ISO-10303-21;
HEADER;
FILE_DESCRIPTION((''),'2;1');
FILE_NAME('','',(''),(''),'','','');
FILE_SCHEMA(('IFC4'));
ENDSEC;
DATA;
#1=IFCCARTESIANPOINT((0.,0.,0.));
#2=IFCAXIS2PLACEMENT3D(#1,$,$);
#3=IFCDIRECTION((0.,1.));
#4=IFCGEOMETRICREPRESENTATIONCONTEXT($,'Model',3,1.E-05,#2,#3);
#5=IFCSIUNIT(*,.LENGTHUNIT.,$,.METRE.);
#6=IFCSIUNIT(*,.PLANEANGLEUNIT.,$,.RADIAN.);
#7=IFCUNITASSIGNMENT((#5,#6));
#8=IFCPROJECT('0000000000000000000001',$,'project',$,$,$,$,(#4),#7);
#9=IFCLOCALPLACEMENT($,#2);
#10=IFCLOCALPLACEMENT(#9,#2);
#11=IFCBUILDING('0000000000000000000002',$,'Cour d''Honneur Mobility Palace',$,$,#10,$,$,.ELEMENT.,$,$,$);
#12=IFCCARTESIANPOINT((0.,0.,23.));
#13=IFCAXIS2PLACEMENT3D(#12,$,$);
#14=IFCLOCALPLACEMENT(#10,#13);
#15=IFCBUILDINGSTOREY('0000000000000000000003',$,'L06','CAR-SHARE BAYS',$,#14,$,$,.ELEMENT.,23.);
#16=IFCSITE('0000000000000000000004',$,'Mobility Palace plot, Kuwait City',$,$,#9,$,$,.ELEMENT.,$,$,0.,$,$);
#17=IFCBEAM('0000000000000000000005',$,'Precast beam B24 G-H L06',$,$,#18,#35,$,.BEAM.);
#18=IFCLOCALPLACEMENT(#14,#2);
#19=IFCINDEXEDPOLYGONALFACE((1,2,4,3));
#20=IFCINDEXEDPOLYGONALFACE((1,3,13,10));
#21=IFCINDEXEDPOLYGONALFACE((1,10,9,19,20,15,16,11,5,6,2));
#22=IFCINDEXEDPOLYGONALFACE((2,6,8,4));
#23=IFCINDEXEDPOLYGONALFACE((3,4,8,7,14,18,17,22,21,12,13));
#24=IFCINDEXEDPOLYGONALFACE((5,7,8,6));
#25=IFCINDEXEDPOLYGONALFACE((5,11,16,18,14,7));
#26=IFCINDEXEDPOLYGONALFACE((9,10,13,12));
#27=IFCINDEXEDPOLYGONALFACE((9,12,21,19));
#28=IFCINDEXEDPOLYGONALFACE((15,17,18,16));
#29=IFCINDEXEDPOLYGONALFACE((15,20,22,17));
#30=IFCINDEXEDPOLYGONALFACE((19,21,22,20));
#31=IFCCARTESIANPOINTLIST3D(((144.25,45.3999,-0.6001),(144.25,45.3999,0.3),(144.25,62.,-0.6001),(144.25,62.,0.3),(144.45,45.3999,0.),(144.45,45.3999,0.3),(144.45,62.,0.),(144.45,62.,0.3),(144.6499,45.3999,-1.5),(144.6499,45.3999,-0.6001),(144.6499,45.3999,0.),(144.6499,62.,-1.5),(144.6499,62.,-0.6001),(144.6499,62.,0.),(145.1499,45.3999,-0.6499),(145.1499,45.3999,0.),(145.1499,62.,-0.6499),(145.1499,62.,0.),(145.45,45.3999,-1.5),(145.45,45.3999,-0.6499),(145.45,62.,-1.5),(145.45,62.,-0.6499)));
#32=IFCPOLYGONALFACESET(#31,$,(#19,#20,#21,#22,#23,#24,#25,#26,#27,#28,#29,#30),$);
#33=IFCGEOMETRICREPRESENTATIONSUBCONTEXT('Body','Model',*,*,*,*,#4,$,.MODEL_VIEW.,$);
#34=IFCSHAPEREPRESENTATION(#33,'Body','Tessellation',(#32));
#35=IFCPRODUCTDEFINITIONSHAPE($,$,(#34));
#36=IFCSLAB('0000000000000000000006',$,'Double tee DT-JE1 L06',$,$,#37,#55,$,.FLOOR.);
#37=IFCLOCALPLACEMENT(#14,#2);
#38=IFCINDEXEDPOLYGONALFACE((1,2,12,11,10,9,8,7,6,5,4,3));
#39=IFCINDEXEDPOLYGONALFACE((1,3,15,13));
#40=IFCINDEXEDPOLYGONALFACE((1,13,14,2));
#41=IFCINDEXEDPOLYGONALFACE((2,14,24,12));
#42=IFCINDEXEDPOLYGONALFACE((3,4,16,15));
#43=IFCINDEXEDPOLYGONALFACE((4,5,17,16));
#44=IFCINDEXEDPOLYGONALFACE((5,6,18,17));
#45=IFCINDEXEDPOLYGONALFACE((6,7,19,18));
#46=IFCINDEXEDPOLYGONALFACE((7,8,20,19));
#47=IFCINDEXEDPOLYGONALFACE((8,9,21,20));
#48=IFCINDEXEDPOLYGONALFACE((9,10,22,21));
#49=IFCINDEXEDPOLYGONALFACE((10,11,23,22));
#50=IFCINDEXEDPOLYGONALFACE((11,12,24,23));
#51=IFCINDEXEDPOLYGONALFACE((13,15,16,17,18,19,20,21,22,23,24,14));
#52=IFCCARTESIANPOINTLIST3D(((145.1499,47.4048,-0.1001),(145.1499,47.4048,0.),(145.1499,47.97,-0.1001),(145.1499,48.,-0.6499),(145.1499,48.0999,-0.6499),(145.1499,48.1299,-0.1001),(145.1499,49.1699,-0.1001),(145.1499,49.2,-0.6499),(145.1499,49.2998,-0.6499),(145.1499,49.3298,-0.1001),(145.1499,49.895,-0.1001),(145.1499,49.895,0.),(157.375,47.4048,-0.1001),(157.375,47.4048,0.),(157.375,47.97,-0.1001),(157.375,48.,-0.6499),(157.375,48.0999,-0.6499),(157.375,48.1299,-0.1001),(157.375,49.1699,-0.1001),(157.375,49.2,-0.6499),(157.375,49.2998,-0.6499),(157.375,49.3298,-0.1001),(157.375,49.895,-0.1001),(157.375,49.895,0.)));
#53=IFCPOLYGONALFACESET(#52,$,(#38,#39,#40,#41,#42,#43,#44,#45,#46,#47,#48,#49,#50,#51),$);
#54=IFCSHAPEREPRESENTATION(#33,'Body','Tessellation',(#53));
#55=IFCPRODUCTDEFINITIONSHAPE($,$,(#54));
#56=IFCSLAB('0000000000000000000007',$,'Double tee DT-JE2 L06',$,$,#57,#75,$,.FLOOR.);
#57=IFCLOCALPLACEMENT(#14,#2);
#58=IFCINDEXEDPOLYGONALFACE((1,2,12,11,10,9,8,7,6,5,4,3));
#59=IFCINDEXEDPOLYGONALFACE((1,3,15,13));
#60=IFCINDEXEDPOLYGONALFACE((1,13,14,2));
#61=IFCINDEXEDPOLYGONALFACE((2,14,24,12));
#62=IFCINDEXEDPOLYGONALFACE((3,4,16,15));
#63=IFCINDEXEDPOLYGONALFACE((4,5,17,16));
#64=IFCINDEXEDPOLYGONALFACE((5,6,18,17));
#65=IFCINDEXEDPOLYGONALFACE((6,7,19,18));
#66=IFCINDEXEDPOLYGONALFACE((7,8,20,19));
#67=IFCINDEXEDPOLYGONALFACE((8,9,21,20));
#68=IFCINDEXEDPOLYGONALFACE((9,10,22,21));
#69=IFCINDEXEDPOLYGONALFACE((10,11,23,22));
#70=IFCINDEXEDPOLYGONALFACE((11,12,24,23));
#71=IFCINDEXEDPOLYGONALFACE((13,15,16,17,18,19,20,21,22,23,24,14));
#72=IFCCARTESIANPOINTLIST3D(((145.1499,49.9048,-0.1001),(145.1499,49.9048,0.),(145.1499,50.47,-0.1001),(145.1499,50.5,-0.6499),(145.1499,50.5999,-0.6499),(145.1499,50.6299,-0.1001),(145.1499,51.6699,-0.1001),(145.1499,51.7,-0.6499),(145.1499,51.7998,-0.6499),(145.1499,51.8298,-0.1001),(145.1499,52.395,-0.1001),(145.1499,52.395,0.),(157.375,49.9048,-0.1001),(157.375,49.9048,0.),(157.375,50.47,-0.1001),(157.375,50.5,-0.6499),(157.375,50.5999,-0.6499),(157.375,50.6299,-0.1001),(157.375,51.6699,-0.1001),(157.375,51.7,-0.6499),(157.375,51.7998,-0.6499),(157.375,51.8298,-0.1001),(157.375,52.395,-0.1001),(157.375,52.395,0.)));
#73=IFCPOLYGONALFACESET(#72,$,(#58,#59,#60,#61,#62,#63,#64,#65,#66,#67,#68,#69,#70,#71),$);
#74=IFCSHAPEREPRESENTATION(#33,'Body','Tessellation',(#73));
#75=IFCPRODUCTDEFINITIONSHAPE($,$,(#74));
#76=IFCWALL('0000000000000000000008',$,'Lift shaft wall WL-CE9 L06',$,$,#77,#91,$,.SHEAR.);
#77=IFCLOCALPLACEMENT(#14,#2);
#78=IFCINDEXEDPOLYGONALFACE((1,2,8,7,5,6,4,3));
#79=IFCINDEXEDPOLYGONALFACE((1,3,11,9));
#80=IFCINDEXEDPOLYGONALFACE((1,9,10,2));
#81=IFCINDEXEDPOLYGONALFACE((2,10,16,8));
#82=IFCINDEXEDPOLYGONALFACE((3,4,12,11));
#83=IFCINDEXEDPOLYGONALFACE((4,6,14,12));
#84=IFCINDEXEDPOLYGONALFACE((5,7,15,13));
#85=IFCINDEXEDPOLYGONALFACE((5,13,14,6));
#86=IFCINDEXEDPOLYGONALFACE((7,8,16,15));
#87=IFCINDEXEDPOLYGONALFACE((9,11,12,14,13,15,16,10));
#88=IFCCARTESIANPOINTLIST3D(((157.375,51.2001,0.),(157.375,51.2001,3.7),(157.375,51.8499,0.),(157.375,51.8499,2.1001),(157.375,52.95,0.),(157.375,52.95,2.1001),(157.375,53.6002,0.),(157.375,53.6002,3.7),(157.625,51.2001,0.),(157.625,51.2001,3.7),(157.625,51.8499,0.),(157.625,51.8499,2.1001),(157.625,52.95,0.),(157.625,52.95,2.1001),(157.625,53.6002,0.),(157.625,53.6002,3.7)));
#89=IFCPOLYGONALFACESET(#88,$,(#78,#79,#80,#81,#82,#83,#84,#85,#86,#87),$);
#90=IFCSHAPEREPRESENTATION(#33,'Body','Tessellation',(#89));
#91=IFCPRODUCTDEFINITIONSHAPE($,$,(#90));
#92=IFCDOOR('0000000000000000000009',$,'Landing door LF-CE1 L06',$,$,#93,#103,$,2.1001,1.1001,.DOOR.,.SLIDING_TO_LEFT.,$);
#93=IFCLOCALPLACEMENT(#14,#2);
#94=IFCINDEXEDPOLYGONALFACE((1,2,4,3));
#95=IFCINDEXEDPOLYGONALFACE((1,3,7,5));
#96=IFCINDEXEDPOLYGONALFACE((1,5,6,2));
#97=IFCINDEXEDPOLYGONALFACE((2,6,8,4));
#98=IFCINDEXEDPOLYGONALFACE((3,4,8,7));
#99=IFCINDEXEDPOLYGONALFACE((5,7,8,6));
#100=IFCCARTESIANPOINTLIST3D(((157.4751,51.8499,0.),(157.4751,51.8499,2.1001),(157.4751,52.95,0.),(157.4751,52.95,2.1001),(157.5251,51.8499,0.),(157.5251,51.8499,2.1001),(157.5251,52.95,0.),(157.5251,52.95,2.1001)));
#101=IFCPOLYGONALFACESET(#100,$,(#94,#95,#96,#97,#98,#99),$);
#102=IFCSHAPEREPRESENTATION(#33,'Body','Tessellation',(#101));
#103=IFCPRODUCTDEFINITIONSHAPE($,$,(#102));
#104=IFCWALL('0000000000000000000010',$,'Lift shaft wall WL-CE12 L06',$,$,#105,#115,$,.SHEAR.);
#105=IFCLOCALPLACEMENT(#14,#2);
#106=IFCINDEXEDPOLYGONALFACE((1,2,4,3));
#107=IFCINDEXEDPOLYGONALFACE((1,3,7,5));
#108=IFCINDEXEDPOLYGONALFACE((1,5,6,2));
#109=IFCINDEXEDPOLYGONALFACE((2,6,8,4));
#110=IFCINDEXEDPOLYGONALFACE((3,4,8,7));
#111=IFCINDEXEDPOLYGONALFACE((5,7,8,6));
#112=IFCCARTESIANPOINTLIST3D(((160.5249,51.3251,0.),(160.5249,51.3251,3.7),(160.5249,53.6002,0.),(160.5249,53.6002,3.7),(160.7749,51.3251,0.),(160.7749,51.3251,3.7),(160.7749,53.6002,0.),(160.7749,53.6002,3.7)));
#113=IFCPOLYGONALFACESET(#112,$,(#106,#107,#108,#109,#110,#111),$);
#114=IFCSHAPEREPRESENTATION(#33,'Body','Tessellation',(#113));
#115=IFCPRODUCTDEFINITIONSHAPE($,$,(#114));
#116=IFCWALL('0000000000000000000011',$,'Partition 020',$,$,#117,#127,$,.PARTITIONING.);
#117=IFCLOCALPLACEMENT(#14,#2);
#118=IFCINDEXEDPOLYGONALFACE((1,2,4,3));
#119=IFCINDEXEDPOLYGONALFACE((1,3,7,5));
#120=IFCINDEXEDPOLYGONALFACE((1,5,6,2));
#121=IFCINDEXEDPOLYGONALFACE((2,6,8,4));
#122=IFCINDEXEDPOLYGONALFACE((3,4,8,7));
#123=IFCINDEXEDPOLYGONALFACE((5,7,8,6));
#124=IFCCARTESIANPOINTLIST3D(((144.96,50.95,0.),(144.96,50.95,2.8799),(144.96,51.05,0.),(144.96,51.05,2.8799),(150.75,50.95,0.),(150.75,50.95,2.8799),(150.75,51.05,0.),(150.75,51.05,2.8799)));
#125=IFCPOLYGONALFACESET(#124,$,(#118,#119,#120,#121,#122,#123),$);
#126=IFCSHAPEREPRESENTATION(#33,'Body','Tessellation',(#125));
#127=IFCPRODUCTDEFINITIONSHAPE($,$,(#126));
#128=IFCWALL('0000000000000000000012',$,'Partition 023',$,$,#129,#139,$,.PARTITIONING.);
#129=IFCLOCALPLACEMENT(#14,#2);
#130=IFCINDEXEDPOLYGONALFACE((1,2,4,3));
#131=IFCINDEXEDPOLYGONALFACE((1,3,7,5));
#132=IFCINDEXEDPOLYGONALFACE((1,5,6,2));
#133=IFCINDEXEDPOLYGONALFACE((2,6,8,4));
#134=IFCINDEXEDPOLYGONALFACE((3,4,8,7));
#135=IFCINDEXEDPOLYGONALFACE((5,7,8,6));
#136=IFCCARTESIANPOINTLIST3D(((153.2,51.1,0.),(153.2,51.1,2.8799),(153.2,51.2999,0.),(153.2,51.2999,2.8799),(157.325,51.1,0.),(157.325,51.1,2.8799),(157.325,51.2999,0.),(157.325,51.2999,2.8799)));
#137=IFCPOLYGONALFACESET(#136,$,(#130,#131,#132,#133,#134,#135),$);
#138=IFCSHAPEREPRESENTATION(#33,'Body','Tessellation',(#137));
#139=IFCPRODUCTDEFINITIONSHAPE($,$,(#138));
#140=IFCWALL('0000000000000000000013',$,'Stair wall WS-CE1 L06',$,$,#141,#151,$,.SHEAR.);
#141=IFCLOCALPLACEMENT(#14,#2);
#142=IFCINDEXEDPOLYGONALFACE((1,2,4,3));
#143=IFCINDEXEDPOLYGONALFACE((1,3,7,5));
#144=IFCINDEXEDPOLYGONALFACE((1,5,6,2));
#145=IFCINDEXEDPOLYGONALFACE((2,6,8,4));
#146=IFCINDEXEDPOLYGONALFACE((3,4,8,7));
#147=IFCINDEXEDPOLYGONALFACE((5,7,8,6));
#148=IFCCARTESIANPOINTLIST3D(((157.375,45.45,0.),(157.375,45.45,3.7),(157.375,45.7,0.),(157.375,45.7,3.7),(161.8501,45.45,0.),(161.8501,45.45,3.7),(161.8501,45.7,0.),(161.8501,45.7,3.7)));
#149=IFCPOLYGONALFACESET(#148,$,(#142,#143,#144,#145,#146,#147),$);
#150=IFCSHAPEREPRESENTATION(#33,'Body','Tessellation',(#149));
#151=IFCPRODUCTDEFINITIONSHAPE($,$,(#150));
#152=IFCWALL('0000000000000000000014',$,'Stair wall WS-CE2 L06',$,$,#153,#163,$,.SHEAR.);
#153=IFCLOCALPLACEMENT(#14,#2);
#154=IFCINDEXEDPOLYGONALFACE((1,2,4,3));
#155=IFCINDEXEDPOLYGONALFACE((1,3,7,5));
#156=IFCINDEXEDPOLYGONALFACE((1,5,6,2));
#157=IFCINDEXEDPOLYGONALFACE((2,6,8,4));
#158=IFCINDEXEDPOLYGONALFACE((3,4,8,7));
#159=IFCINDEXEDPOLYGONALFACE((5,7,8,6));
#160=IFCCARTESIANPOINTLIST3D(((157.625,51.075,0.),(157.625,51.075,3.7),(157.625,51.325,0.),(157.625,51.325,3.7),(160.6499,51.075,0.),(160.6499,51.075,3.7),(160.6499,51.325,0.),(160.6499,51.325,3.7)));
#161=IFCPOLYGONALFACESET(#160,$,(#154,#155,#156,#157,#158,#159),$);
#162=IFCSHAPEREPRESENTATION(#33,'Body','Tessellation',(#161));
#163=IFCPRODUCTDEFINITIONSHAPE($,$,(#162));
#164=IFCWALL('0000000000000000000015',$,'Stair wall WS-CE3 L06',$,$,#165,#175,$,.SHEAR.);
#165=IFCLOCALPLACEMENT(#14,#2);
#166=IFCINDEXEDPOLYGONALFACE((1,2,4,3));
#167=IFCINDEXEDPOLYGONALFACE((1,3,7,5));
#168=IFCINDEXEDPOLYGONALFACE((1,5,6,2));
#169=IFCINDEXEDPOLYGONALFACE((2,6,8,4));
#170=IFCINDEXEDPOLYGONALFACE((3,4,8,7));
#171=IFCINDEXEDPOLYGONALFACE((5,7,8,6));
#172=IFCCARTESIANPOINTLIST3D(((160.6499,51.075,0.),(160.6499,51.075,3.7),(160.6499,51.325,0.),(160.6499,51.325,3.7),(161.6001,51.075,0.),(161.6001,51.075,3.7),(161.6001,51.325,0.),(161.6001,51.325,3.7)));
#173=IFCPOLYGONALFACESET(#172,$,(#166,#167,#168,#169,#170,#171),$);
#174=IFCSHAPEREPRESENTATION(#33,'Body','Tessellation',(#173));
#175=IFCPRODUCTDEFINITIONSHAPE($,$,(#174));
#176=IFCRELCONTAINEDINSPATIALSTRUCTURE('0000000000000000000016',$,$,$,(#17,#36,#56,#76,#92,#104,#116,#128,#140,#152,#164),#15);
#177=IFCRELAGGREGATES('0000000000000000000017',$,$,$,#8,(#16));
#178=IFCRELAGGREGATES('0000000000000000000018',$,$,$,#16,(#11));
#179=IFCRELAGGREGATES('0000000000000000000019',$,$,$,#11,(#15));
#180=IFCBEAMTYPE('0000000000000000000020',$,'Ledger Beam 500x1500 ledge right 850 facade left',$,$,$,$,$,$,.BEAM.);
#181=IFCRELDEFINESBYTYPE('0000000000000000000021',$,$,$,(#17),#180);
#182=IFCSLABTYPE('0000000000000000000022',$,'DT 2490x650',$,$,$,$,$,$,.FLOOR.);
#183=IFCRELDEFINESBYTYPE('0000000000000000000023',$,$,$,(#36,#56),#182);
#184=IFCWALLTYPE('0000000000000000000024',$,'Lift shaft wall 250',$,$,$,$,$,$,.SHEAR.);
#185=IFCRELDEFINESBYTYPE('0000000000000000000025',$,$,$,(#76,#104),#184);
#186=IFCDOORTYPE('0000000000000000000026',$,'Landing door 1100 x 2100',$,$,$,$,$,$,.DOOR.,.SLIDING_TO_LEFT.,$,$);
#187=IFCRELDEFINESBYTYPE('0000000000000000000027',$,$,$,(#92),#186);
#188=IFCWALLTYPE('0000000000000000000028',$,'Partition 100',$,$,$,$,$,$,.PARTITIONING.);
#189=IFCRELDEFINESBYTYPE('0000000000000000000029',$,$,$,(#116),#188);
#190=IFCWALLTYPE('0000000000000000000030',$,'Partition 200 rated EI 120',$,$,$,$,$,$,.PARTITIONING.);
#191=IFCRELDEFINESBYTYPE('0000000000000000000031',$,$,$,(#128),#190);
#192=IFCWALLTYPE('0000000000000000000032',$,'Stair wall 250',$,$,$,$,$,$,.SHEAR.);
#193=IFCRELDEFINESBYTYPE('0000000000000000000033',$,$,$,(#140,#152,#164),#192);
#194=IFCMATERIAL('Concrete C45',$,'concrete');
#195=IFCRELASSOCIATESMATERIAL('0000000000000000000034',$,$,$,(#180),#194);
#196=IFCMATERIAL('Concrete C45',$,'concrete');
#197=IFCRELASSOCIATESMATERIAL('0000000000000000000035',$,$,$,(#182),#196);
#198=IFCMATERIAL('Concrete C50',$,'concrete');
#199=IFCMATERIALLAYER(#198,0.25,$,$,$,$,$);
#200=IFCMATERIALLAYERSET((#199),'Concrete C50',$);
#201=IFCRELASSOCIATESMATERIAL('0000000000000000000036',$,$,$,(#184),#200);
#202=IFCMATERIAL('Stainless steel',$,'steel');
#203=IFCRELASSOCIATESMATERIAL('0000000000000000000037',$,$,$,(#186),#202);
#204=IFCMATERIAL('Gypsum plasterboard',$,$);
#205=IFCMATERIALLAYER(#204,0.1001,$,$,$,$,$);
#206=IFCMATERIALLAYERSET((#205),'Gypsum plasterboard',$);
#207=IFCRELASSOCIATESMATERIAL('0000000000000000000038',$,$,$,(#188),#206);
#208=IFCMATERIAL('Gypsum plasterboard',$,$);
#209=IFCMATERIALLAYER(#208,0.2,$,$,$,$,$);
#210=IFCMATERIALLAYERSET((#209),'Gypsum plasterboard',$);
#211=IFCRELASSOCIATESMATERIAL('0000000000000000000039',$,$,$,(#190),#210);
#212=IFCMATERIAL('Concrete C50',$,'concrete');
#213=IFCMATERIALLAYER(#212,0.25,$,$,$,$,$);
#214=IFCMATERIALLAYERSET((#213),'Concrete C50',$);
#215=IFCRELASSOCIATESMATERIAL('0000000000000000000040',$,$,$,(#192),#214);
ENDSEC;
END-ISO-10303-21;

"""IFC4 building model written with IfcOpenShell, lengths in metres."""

from ifc_helpers import new_model, si_unit, direction, frame, frame_2d, origin, place, context, subcontext, project, spatial, polyline, rectangle, outline, extrude, material, layer, layer_set, material_profile, profile_set, type_object, element, fill, save


model = new_model("IFC4")

# Units and contexts
model_context = context("Model", 3, precision=1e-05, world=origin(), true_north=direction((0.0, 1.0)))
body_context = subcontext(model_context, "Body", "Model", "MODEL_VIEW")
ifc_project = project(units=[si_unit("LENGTHUNIT", "METRE"), si_unit("PLANEANGLEUNIT", "RADIAN")], contexts=[model_context])

# Site, building, storey
site_placement = place(None, origin())
site = spatial("IfcSite", under=ifc_project, at=site_placement, Name="Mobility Palace plot, Kuwait City", CompositionType="ELEMENT", RefElevation=0.0)
building_placement = place(site_placement, origin())
building = spatial("IfcBuilding", under=site, at=building_placement, Name="Cour d'Honneur Mobility Palace", CompositionType="ELEMENT")
storey_placement = place(building_placement, frame((0.0, 0.0, 23.0)))
storey = spatial("IfcBuildingStorey", under=building, at=storey_placement, Name="L06", Description="CAR-SHARE BAYS", CompositionType="ELEMENT", Elevation=23.0)

# Beam
ifc_material_1 = material(Name="Concrete C45", Category="concrete")
ifc_material_profile_1 = material_profile(ifc_material_1, outline(polyline([(0.25, -1.5), (0.25, -0.6001), (0.6499, -0.6001), (0.6499, 0.3), (0.45, 0.3), (0.45, 0.0), (0.25, 0.0), (-0.25, 0.0), (-0.25, -0.6499), (-0.55, -0.6499), (-0.55, -1.5), (0.25, -1.5)])), Name="Ledger Beam 500x1500 ledge right 850 facade left")
ifc_profile_set_1 = profile_set([ifc_material_profile_1], Name="Concrete C45")
beam_type = type_object("IfcBeamType", Name="Ledger Beam 500x1500 ledge right 850 facade left", PredefinedType="BEAM", material=ifc_profile_set_1)
beam_placement = place(storey_placement, frame((144.8999, 45.3999, 0.0), z_axis=(0.0, 1.0, 0.0), x_axis=(-1.0, 0.0, 0.0)))
element("IfcBeam", 1, at=beam_placement, inside=storey, type_object=beam_type, Name="Precast beam B24 G-H L06", PredefinedType="BEAM", context=body_context, shape_type="SweptSolid", body=[
    extrude(outline(polyline([(0.25, -1.5), (0.25, -0.6001), (0.6499, -0.6001), (0.6499, 0.3), (0.45, 0.3), (0.45, 0.0), (0.25, 0.0), (-0.25, 0.0), (-0.25, -0.6499), (-0.55, -0.6499), (-0.55, -1.5), (0.25, -1.5)])), origin(), (0.0, 0.0, 1.0), 16.6001),
])

# Slabs
ifc_material_2 = material(Name="Concrete C45", Category="concrete")
ifc_material_profile_2 = material_profile(ifc_material_2, outline(polyline([(-1.2451, 0.0), (1.2451, 0.0), (1.2451, -0.1001), (0.6799, -0.1001), (0.6499, -0.6499), (0.55, -0.6499), (0.52, -0.1001), (-0.52, -0.1001), (-0.55, -0.6499), (-0.6499, -0.6499), (-0.6799, -0.1001), (-1.2451, -0.1001), (-1.2451, 0.0)])), Name="DT 2490x650")
ifc_profile_set_2 = profile_set([ifc_material_profile_2], Name="Concrete C45")
slab_type = type_object("IfcSlabType", Name="DT 2490x650", PredefinedType="FLOOR", material=ifc_profile_set_2)
for number, where, z_axis, x_axis, name in (
    (2, (145.1499, 48.6499, 0.0), (1.0, 0.0, 0.0), (0.0, 1.0, 0.0), "Double tee DT-JE1 L06"),
    (3, (145.1499, 51.1499, 0.0), (1.0, 0.0, 0.0), (0.0, 1.0, 0.0), "Double tee DT-JE2 L06"),
):
    element("IfcSlab", number, at=place(storey_placement, frame(where, z_axis=z_axis, x_axis=x_axis)), inside=storey, type_object=slab_type, Name=name, PredefinedType="FLOOR", context=body_context, shape_type="SweptSolid", body=[
        extrude(outline(polyline([(-1.2451, 0.0), (1.2451, 0.0), (1.2451, -0.1001), (0.6799, -0.1001), (0.6499, -0.6499), (0.55, -0.6499), (0.52, -0.1001), (-0.52, -0.1001), (-0.55, -0.6499), (-0.6499, -0.6499), (-0.6799, -0.1001), (-1.2451, -0.1001), (-1.2451, 0.0)])), origin(), (0.0, 0.0, 1.0), 12.2251),
    ])

# Wall, opening, door
ifc_material_3 = material(Name="Concrete C50", Category="concrete")
ifc_layer_1 = layer(ifc_material_3, 0.25)
ifc_layer_set_1 = layer_set([ifc_layer_1], Name="Concrete C50")
wall_type_1 = type_object("IfcWallType", Name="Lift shaft wall 250", PredefinedType="SHEAR", material=ifc_layer_set_1)
wall_1_placement = place(storey_placement, frame((157.5, 51.2, 0.0), z_axis=(0.0, 0.0, 1.0), x_axis=(0.0, 1.0, 0.0)))
wall_1 = element("IfcWall", 4, at=wall_1_placement, inside=storey, type_object=wall_type_1, Name="Lift shaft wall WL-CE9 L06", PredefinedType="SHEAR", context=body_context, shape_type="SweptSolid", body=[
    extrude(rectangle(XDim=2.4001, YDim=0.25, at=frame_2d((1.2002, 0.0))), origin(), (0.0, 0.0, 1.0), 3.7),
])
opening_1_placement = place(wall_1_placement, frame((0.6499, 0.0, 0.0)))
opening_1 = element("IfcOpeningElement", 5, at=opening_1_placement, cuts=wall_1, PredefinedType="OPENING", context=body_context, shape_type="SweptSolid", body=[
    extrude(rectangle(XDim=1.1001, YDim=2.1001, at=frame_2d((0.55, 1.05))), frame((0.0, 0.135, 0.0), z_axis=(0.0, -1.0, 0.0), x_axis=(1.0, 0.0, 0.0)), (0.0, 0.0, 1.0), 0.27),
])
ifc_material_4 = material(Name="Stainless steel", Category="steel")
door_type_1 = type_object("IfcDoorType", Name="Landing door 1100 x 2100", OperationType="SLIDING_TO_LEFT", PredefinedType="DOOR", material=ifc_material_4)
door_1_placement = place(opening_1_placement, origin())
door_1 = element("IfcDoor", 6, at=door_1_placement, inside=storey, type_object=door_type_1, Name="Landing door LF-CE1 L06", OperationType="SLIDING_TO_LEFT", OverallHeight=2.1001, OverallWidth=1.1001, PredefinedType="DOOR", context=body_context, shape_type="SweptSolid", body=[
    extrude(rectangle(XDim=1.1001, YDim=2.1001, at=frame_2d((0.55, 1.05))), frame((0.0, 0.0249, 0.0), z_axis=(0.0, -1.0, 0.0), x_axis=(1.0, 0.0, 0.0)), (0.0, 0.0, 1.0), 0.05),
])
fill(opening_1, door_1)

# Walls
wall_2_placement = place(storey_placement, frame((160.6499, 51.325, 0.0), z_axis=(0.0, 0.0, 1.0), x_axis=(0.0, 1.0, 0.0)))
element("IfcWall", 7, at=wall_2_placement, inside=storey, type_object=wall_type_1, Name="Lift shaft wall WL-CE12 L06", PredefinedType="SHEAR", context=body_context, shape_type="SweptSolid", body=[
    extrude(rectangle(XDim=2.2751, YDim=0.25, at=frame_2d((1.1377, 0.0))), origin(), (0.0, 0.0, 1.0), 3.7),
])
ifc_material_5 = material(Name="Gypsum plasterboard")
ifc_layer_2 = layer(ifc_material_5, 0.1001)
ifc_layer_set_2 = layer_set([ifc_layer_2], Name="Gypsum plasterboard")
wall_type_2 = type_object("IfcWallType", Name="Partition 100", PredefinedType="PARTITIONING", material=ifc_layer_set_2)
wall_3_placement = place(storey_placement, frame((150.75, 51.0, 0.0), z_axis=(0.0, 0.0, 1.0), x_axis=(-1.0, 0.0, 0.0)))
element("IfcWall", 8, at=wall_3_placement, inside=storey, type_object=wall_type_2, Name="Partition 020", PredefinedType="PARTITIONING", context=body_context, shape_type="SweptSolid", body=[
    extrude(rectangle(XDim=5.79, YDim=0.1001, at=frame_2d((2.895, 0.0))), origin(), (0.0, 0.0, 1.0), 2.8799),
])
ifc_material_6 = material(Name="Gypsum plasterboard")
ifc_layer_3 = layer(ifc_material_6, 0.2)
ifc_layer_set_3 = layer_set([ifc_layer_3], Name="Gypsum plasterboard")
wall_type_3 = type_object("IfcWallType", Name="Partition 200 rated EI 120", PredefinedType="PARTITIONING", material=ifc_layer_set_3)
wall_4_placement = place(storey_placement, frame((153.2, 51.2, 0.0), z_axis=(0.0, 0.0, 1.0), x_axis=(1.0, 0.0, 0.0)))
element("IfcWall", 9, at=wall_4_placement, inside=storey, type_object=wall_type_3, Name="Partition 023", PredefinedType="PARTITIONING", context=body_context, shape_type="SweptSolid", body=[
    extrude(rectangle(XDim=4.125, YDim=0.2, at=frame_2d((2.0625, 0.0))), origin(), (0.0, 0.0, 1.0), 2.8799),
])
ifc_material_7 = material(Name="Concrete C50", Category="concrete")
ifc_layer_4 = layer(ifc_material_7, 0.25)
ifc_layer_set_4 = layer_set([ifc_layer_4], Name="Concrete C50")
wall_type_4 = type_object("IfcWallType", Name="Stair wall 250", PredefinedType="SHEAR", material=ifc_layer_set_4)
wall_5_placement = place(storey_placement, frame((157.375, 45.575, 0.0), z_axis=(0.0, 0.0, 1.0), x_axis=(1.0, 0.0, 0.0)))
element("IfcWall", 10, at=wall_5_placement, inside=storey, type_object=wall_type_4, Name="Stair wall WS-CE1 L06", PredefinedType="SHEAR", context=body_context, shape_type="SweptSolid", body=[
    extrude(rectangle(XDim=4.4751, YDim=0.25, at=frame_2d((2.2375, 0.0))), origin(), (0.0, 0.0, 1.0), 3.7),
])
wall_6_placement = place(storey_placement, frame((157.625, 51.2, 0.0), z_axis=(0.0, 0.0, 1.0), x_axis=(1.0, 0.0, 0.0)))
element("IfcWall", 11, at=wall_6_placement, inside=storey, type_object=wall_type_4, Name="Stair wall WS-CE2 L06", PredefinedType="SHEAR", context=body_context, shape_type="SweptSolid", body=[
    extrude(rectangle(XDim=3.0249, YDim=0.25, at=frame_2d((1.5125, 0.0))), origin(), (0.0, 0.0, 1.0), 3.7),
])
wall_7_placement = place(storey_placement, frame((160.6499, 51.2, 0.0), z_axis=(0.0, 0.0, 1.0), x_axis=(1.0, 0.0, 0.0)))
element("IfcWall", 12, at=wall_7_placement, inside=storey, type_object=wall_type_4, Name="Stair wall WS-CE3 L06", PredefinedType="SHEAR", context=body_context, shape_type="SweptSolid", body=[
    extrude(rectangle(XDim=0.9502, YDim=0.25, at=frame_2d((0.4751, 0.0))), origin(), (0.0, 0.0, 1.0), 3.7),
])

save(model, "model.ifc")
